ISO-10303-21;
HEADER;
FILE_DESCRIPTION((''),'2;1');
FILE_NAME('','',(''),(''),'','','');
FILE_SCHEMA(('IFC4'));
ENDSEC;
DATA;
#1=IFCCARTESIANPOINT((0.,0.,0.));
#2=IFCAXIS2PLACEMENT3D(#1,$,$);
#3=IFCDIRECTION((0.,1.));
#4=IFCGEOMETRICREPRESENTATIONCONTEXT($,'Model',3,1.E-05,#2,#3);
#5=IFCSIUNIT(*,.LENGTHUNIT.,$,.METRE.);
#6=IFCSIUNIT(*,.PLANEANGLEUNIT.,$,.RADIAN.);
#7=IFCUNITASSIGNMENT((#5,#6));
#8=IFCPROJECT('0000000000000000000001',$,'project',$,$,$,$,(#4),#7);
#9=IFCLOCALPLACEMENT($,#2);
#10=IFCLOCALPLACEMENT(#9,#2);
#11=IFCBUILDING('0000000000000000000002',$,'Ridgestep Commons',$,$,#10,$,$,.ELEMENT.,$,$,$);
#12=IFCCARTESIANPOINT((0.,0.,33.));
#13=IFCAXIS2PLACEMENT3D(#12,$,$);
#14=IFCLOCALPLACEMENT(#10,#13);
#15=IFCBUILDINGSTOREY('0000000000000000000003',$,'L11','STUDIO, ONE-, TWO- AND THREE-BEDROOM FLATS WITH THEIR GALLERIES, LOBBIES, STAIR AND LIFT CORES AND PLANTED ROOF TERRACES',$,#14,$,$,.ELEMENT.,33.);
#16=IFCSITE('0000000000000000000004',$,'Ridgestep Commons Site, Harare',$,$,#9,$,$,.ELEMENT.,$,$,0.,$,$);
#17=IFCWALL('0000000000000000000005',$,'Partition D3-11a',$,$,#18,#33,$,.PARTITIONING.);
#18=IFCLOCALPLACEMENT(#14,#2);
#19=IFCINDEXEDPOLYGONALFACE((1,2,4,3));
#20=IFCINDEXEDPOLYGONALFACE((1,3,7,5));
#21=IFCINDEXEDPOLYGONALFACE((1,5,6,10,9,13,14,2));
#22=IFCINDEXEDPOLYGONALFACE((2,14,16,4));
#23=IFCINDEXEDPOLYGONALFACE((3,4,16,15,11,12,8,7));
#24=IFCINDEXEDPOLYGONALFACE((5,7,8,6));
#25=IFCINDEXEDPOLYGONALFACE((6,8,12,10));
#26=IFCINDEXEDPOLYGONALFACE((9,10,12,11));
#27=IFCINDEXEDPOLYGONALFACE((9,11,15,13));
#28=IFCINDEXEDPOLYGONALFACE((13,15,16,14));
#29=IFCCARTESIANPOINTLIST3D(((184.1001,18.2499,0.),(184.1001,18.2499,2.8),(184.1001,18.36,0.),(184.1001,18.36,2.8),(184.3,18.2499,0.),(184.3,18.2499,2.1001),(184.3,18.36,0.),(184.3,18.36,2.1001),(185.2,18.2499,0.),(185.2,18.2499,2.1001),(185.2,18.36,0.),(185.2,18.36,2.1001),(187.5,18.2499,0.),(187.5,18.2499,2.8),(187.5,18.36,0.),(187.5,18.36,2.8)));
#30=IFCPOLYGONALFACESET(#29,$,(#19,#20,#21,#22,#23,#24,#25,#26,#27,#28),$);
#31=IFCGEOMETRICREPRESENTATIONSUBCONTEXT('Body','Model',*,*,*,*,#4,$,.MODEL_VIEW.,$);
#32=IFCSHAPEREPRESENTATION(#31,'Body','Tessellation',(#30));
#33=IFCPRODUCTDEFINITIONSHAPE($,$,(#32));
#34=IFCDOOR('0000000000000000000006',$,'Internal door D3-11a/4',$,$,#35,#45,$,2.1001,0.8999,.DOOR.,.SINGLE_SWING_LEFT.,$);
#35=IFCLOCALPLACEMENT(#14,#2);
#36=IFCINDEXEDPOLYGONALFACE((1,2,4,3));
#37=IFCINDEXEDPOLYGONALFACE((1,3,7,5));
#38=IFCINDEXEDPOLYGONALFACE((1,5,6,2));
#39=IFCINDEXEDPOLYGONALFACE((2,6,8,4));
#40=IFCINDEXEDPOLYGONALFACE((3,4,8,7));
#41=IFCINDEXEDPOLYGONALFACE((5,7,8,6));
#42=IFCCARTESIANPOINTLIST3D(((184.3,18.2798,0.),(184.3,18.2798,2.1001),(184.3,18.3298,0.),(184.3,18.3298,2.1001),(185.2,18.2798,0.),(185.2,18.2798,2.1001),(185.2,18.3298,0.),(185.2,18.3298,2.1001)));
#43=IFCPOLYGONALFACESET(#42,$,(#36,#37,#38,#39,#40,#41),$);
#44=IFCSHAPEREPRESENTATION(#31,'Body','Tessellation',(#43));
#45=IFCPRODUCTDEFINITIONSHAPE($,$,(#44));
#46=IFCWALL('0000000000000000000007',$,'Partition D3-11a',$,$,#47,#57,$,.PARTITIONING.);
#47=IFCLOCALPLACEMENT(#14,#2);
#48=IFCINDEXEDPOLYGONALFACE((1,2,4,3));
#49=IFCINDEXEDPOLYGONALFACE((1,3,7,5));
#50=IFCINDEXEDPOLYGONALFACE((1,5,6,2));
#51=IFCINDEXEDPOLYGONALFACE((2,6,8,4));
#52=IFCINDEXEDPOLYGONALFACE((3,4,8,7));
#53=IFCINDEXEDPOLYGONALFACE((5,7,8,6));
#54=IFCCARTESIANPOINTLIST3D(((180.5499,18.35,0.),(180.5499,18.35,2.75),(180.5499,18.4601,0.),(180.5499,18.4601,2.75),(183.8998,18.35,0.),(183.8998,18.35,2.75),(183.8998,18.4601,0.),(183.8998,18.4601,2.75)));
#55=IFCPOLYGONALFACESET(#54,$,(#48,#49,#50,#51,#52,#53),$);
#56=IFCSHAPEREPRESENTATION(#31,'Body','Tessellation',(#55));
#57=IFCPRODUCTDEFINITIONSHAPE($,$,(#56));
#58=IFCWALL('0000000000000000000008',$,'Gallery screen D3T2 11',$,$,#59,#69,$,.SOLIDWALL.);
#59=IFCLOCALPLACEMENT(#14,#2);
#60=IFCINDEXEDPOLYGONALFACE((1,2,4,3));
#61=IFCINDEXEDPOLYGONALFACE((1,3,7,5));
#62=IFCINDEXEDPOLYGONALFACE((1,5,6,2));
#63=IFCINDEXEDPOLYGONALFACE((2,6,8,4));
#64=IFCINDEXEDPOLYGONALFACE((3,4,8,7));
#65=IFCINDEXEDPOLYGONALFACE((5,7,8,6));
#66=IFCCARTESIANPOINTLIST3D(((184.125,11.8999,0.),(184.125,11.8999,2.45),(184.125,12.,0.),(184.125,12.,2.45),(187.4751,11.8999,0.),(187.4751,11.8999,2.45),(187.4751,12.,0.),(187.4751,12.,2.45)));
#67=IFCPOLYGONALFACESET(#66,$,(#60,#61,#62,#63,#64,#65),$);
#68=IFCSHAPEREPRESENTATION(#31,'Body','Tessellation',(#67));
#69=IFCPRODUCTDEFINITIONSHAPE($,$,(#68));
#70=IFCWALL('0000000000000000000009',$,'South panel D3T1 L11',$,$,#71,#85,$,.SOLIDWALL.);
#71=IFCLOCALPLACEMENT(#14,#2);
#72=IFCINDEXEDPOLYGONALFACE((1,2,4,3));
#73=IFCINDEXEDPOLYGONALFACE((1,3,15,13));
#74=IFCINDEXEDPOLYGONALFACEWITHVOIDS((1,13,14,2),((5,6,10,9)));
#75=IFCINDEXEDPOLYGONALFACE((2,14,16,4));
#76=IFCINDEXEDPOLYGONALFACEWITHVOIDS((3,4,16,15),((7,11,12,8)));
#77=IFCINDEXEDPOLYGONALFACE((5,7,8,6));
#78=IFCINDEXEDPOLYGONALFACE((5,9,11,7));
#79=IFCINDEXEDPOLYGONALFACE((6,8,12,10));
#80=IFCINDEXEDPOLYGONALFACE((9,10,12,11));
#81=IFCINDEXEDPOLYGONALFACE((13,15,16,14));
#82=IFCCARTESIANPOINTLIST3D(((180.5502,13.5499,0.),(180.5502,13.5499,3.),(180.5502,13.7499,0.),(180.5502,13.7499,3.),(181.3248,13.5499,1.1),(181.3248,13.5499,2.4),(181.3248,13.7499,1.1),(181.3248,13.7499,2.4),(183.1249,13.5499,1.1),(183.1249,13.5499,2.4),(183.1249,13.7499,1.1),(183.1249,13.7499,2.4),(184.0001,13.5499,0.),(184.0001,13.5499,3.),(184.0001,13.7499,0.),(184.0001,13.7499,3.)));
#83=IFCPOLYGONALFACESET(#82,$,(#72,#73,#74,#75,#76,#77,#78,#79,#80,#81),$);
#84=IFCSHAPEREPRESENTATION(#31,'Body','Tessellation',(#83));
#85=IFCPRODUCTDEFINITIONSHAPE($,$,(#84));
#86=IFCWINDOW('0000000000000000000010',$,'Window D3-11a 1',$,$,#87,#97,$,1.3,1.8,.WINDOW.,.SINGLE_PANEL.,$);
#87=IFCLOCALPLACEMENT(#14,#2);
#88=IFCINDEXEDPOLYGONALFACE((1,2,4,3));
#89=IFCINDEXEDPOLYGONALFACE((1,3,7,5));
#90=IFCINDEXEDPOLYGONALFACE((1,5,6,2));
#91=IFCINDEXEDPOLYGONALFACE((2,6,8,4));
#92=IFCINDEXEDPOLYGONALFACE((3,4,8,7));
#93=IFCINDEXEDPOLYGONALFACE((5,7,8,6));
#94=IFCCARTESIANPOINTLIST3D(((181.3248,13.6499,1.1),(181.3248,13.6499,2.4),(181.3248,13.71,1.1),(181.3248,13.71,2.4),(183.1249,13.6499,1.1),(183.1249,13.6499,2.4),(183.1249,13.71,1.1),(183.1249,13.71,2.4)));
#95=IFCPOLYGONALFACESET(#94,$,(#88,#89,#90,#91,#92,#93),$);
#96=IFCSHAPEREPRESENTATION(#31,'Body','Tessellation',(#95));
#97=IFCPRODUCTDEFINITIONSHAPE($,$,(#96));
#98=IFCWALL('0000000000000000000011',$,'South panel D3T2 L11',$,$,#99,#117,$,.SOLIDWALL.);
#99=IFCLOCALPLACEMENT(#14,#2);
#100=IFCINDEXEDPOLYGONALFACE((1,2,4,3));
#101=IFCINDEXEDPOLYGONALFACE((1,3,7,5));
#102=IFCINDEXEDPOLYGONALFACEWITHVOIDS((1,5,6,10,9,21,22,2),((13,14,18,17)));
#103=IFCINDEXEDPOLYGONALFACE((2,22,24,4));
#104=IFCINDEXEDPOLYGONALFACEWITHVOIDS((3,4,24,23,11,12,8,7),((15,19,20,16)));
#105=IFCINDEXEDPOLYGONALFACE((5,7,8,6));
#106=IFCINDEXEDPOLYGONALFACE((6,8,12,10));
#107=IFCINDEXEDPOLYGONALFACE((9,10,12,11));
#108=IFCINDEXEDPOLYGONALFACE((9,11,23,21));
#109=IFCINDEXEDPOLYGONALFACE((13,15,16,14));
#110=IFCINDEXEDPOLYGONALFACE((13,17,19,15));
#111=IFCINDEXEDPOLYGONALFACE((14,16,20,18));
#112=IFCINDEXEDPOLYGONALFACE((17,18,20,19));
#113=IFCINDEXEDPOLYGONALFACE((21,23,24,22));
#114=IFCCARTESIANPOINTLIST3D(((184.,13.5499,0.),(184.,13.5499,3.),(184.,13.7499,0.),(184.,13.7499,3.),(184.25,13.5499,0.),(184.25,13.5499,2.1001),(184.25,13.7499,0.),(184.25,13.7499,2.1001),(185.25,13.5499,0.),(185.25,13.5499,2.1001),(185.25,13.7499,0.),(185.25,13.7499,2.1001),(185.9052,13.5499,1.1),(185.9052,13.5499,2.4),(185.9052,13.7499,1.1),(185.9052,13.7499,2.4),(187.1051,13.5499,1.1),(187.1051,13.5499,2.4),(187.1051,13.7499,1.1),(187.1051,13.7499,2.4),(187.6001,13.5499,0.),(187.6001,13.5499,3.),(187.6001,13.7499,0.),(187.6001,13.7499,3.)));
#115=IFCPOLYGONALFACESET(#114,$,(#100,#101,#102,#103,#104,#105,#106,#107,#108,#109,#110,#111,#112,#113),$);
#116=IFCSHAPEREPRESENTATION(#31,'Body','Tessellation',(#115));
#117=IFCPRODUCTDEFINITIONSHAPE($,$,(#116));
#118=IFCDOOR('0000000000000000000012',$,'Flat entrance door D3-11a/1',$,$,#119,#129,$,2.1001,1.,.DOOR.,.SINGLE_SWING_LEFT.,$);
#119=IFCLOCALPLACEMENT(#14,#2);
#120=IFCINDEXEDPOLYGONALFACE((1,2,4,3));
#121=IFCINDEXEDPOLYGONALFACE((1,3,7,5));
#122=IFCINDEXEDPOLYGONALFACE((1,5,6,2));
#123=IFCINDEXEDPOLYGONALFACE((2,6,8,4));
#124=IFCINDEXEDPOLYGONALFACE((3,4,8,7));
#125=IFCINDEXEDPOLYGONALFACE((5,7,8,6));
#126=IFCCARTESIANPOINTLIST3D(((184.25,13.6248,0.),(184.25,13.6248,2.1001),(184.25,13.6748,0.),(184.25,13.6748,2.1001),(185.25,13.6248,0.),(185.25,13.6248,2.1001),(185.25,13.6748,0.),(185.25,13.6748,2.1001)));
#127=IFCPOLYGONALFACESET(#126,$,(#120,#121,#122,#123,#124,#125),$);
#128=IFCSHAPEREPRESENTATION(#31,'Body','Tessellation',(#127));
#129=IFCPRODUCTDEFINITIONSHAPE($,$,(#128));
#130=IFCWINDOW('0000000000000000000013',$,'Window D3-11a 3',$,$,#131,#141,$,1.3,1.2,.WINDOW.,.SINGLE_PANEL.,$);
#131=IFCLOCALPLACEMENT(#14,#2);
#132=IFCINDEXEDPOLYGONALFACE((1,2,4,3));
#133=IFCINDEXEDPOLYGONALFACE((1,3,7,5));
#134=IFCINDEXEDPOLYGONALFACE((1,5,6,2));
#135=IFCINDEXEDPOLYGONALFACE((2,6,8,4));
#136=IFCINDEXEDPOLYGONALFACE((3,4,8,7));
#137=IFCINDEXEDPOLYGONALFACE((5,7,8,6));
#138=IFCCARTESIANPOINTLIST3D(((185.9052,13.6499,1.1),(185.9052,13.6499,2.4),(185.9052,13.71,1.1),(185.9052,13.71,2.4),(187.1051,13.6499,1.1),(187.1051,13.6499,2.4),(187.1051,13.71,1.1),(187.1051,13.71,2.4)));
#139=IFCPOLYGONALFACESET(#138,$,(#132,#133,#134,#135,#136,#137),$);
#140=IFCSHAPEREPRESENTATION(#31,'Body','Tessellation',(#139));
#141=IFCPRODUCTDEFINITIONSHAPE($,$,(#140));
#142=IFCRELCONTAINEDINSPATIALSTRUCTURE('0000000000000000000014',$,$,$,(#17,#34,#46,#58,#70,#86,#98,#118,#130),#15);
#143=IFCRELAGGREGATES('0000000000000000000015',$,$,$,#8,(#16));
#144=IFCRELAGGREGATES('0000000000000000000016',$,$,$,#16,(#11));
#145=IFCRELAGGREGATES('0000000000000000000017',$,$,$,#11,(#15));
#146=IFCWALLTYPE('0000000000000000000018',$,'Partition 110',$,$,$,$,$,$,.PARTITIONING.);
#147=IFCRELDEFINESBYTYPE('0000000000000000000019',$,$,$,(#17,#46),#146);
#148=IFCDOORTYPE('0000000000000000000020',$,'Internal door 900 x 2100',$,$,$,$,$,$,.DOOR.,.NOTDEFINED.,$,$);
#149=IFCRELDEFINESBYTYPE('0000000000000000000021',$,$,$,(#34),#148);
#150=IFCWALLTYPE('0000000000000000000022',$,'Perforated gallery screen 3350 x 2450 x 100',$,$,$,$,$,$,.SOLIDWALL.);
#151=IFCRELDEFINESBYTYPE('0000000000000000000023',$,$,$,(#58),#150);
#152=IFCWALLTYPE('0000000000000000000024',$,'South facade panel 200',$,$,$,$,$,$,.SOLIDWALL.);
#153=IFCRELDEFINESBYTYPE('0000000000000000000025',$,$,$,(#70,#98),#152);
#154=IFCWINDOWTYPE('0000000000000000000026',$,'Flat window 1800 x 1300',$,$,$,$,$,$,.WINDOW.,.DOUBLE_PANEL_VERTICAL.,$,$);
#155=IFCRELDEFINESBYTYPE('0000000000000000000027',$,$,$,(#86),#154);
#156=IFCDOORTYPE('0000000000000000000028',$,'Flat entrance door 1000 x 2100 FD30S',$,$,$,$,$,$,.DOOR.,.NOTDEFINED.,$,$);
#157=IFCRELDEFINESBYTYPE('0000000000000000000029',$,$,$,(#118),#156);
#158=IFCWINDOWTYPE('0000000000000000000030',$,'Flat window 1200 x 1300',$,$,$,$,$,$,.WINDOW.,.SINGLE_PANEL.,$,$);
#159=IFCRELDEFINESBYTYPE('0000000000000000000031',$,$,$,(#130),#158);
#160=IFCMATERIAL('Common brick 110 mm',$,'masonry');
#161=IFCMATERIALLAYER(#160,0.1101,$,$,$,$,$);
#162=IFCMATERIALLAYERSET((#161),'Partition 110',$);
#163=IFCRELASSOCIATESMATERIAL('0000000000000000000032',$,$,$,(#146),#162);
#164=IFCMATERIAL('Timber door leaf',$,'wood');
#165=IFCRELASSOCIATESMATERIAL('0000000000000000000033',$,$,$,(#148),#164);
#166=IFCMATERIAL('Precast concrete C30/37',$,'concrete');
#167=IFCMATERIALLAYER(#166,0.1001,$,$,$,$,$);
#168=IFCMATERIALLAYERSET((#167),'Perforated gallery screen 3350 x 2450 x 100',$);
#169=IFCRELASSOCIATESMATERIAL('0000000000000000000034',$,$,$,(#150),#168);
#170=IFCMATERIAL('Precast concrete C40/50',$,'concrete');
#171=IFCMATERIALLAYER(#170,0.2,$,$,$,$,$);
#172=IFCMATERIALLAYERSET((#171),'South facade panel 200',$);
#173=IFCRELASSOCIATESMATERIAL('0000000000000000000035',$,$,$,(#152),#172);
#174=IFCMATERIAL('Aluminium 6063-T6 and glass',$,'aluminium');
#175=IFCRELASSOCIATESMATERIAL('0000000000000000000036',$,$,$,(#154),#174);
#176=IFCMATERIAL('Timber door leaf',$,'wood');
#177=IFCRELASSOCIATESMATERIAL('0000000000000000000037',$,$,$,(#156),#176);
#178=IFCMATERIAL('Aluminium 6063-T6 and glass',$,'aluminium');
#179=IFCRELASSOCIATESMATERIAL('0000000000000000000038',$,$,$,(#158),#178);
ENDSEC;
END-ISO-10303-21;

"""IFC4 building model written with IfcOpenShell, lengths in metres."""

from ifc_helpers import new_model, si_unit, direction, frame, frame_2d, origin, place, context, subcontext, project, spatial, rectangle, extrude, material, layer, layer_set, type_object, element, fill, save


model = new_model("IFC4")

# Units and contexts
model_context = context("Model", 3, precision=1e-05, world=origin(), true_north=direction((0.0, 1.0)))
body_context = subcontext(model_context, "Body", "Model", "MODEL_VIEW")
ifc_project = project(units=[si_unit("LENGTHUNIT", "METRE"), si_unit("PLANEANGLEUNIT", "RADIAN")], contexts=[model_context])

# Site, building, storey
site_placement = place(None, origin())
site = spatial("IfcSite", under=ifc_project, at=site_placement, Name="Ridgestep Commons Site, Harare", CompositionType="ELEMENT", RefElevation=0.0)
building_placement = place(site_placement, origin())
building = spatial("IfcBuilding", under=site, at=building_placement, Name="Ridgestep Commons", CompositionType="ELEMENT")
storey_placement = place(building_placement, frame((0.0, 0.0, 33.0)))
storey = spatial("IfcBuildingStorey", under=building, at=storey_placement, Name="L11", Description="STUDIO, ONE-, TWO- AND THREE-BEDROOM FLATS WITH THEIR GALLERIES, LOBBIES, STAIR AND LIFT CORES AND PLANTED ROOF TERRACES", CompositionType="ELEMENT", Elevation=33.0)

# Shared definitions
ifc_material_1 = material(Name="Common brick 110 mm", Category="masonry")
ifc_layer_1 = layer(ifc_material_1, 0.1101)
ifc_layer_set_1 = layer_set([ifc_layer_1], Name="Partition 110")
wall_type_1 = type_object("IfcWallType", Name="Partition 110", PredefinedType="PARTITIONING", material=ifc_layer_set_1)

# Wall, opening, door
wall_1_placement = place(storey_placement, frame((184.1001, 18.3049, 0.0), z_axis=(0.0, 0.0, 1.0), x_axis=(1.0, 0.0, 0.0)))
wall_1 = element("IfcWall", 1, at=wall_1_placement, inside=storey, type_object=wall_type_1, Name="Partition D3-11a", PredefinedType="PARTITIONING", context=body_context, shape_type="SweptSolid", body=[
    extrude(rectangle(XDim=3.3999, YDim=0.1101, at=frame_2d((1.7, 0.0))), origin(), (0.0, 0.0, 1.0), 2.8),
])
opening_1_placement = place(wall_1_placement, frame((0.2, 0.0, 0.0)))
opening_1 = element("IfcOpeningElement", 2, at=opening_1_placement, cuts=wall_1, PredefinedType="OPENING", context=body_context, shape_type="SweptSolid", body=[
    extrude(rectangle(XDim=0.8999, YDim=2.1001, at=frame_2d((0.45, 1.05))), frame((0.0, 0.0649, 0.0), z_axis=(0.0, -1.0, 0.0), x_axis=(1.0, 0.0, 0.0)), (0.0, 0.0, 1.0), 0.1301),
])
ifc_material_2 = material(Name="Timber door leaf", Category="wood")
door_type_1 = type_object("IfcDoorType", Name="Internal door 900 x 2100", OperationType="NOTDEFINED", PredefinedType="DOOR", material=ifc_material_2)
door_1_placement = place(opening_1_placement, origin())
door_1 = element("IfcDoor", 3, at=door_1_placement, inside=storey, type_object=door_type_1, Name="Internal door D3-11a/4", OperationType="SINGLE_SWING_LEFT", OverallHeight=2.1001, OverallWidth=0.8999, PredefinedType="DOOR", context=body_context, shape_type="SweptSolid", body=[
    extrude(rectangle(XDim=0.8999, YDim=2.1001, at=frame_2d((0.45, 1.05))), frame((0.0, 0.0249, 0.0), z_axis=(0.0, -1.0, 0.0), x_axis=(1.0, 0.0, 0.0)), (0.0, 0.0, 1.0), 0.05),
])
fill(opening_1, door_1)

# Walls
wall_2_placement = place(storey_placement, frame((180.55, 18.405, 0.0), z_axis=(0.0, 0.0, 1.0), x_axis=(1.0, 0.0, 0.0)))
element("IfcWall", 4, at=wall_2_placement, inside=storey, type_object=wall_type_1, Name="Partition D3-11a", PredefinedType="PARTITIONING", context=body_context, shape_type="SweptSolid", body=[
    extrude(rectangle(XDim=3.3499, YDim=0.1101, at=frame_2d((1.6748, 0.0))), origin(), (0.0, 0.0, 1.0), 2.75),
])
ifc_material_3 = material(Name="Precast concrete C30/37", Category="concrete")
ifc_layer_2 = layer(ifc_material_3, 0.1001)
ifc_layer_set_2 = layer_set([ifc_layer_2], Name="Perforated gallery screen 3350 x 2450 x 100")
wall_type_2 = type_object("IfcWallType", Name="Perforated gallery screen 3350 x 2450 x 100", PredefinedType="SOLIDWALL", material=ifc_layer_set_2)
wall_3_placement = place(storey_placement, frame((184.125, 11.95, 0.0), z_axis=(0.0, 0.0, 1.0), x_axis=(1.0, 0.0, 0.0)))
element("IfcWall", 5, at=wall_3_placement, inside=storey, type_object=wall_type_2, Name="Gallery screen D3T2 11", PredefinedType="SOLIDWALL", context=body_context, shape_type="SweptSolid", body=[
    extrude(rectangle(XDim=3.3501, YDim=0.1001, at=frame_2d((1.675, 0.0))), origin(), (0.0, 0.0, 1.0), 2.45),
])

# Wall, opening, window
ifc_material_4 = material(Name="Precast concrete C40/50", Category="concrete")
ifc_layer_3 = layer(ifc_material_4, 0.2)
ifc_layer_set_3 = layer_set([ifc_layer_3], Name="South facade panel 200")
wall_type_3 = type_object("IfcWallType", Name="South facade panel 200", PredefinedType="SOLIDWALL", material=ifc_layer_set_3)
wall_4_placement = place(storey_placement, frame((180.55, 13.6499, 0.0), z_axis=(0.0, 0.0, 1.0), x_axis=(1.0, 0.0, 0.0)))
wall_4 = element("IfcWall", 6, at=wall_4_placement, inside=storey, type_object=wall_type_3, Name="South panel D3T1 L11", PredefinedType="SOLIDWALL", context=body_context, shape_type="SweptSolid", body=[
    extrude(rectangle(XDim=3.45, YDim=0.2, at=frame_2d((1.7251, 0.0))), origin(), (0.0, 0.0, 1.0), 3.0),
])
opening_2_placement = place(wall_4_placement, frame((0.7749, 0.0, 1.1001)))
opening_2 = element("IfcOpeningElement", 7, at=opening_2_placement, cuts=wall_4, PredefinedType="OPENING", context=body_context, shape_type="SweptSolid", body=[
    extrude(rectangle(XDim=1.8, YDim=1.3, at=frame_2d((0.8999, 0.6499))), frame((0.0, 0.1099, 0.0), z_axis=(0.0, -1.0, 0.0), x_axis=(1.0, 0.0, 0.0)), (0.0, 0.0, 1.0), 0.22),
])
ifc_material_5 = material(Name="Aluminium 6063-T6 and glass", Category="aluminium")
window_type_1 = type_object("IfcWindowType", Name="Flat window 1800 x 1300", PartitioningType="DOUBLE_PANEL_VERTICAL", PredefinedType="WINDOW", material=ifc_material_5)
window_1_placement = place(opening_2_placement, origin())
window_1 = element("IfcWindow", 8, at=window_1_placement, inside=storey, type_object=window_type_1, Name="Window D3-11a 1", OverallHeight=1.3, OverallWidth=1.8, PartitioningType="SINGLE_PANEL", PredefinedType="WINDOW", context=body_context, shape_type="SweptSolid", body=[
    extrude(rectangle(XDim=1.8, YDim=1.3, at=frame_2d((0.8999, 0.6499))), frame((0.0, 0.0601, 0.0), z_axis=(0.0, -1.0, 0.0), x_axis=(1.0, 0.0, 0.0)), (0.0, 0.0, 1.0), 0.0601),
])
fill(opening_2, window_1)

# Wall, openings, door, window
wall_5_placement = place(storey_placement, frame((184.0, 13.6499, 0.0), z_axis=(0.0, 0.0, 1.0), x_axis=(1.0, 0.0, 0.0)))
wall_5 = element("IfcWall", 9, at=wall_5_placement, inside=storey, type_object=wall_type_3, Name="South panel D3T2 L11", PredefinedType="SOLIDWALL", context=body_context, shape_type="SweptSolid", body=[
    extrude(rectangle(XDim=3.6001, YDim=0.2, at=frame_2d((1.8, 0.0))), origin(), (0.0, 0.0, 1.0), 3.0),
])
opening_3_placement = place(wall_5_placement, frame((1.905, 0.0, 1.1001)))
opening_3 = element("IfcOpeningElement", 10, at=opening_3_placement, cuts=wall_5, PredefinedType="OPENING", context=body_context, shape_type="SweptSolid", body=[
    extrude(rectangle(XDim=1.2, YDim=1.3, at=frame_2d((0.6001, 0.6499))), frame((0.0, 0.1099, 0.0), z_axis=(0.0, -1.0, 0.0), x_axis=(1.0, 0.0, 0.0)), (0.0, 0.0, 1.0), 0.22),
])
opening_4_placement = place(wall_5_placement, frame((0.25, 0.0, 0.0)))
opening_4 = element("IfcOpeningElement", 11, at=opening_4_placement, cuts=wall_5, PredefinedType="OPENING", context=body_context, shape_type="SweptSolid", body=[
    extrude(rectangle(XDim=1.0, YDim=2.1001, at=frame_2d((0.5, 1.05))), frame((0.0, 0.1099, 0.0), z_axis=(0.0, -1.0, 0.0), x_axis=(1.0, 0.0, 0.0)), (0.0, 0.0, 1.0), 0.22),
])
ifc_material_6 = material(Name="Timber door leaf", Category="wood")
door_type_2 = type_object("IfcDoorType", Name="Flat entrance door 1000 x 2100 FD30S", OperationType="NOTDEFINED", PredefinedType="DOOR", material=ifc_material_6)
door_2_placement = place(opening_4_placement, origin())
door_2 = element("IfcDoor", 12, at=door_2_placement, inside=storey, type_object=door_type_2, Name="Flat entrance door D3-11a/1", OperationType="SINGLE_SWING_LEFT", OverallHeight=2.1001, OverallWidth=1.0, PredefinedType="DOOR", context=body_context, shape_type="SweptSolid", body=[
    extrude(rectangle(XDim=1.0, YDim=2.1001, at=frame_2d((0.5, 1.05))), frame((0.0, 0.0249, 0.0), z_axis=(0.0, -1.0, 0.0), x_axis=(1.0, 0.0, 0.0)), (0.0, 0.0, 1.0), 0.05),
])
fill(opening_4, door_2)
ifc_material_7 = material(Name="Aluminium 6063-T6 and glass", Category="aluminium")
window_type_2 = type_object("IfcWindowType", Name="Flat window 1200 x 1300", PartitioningType="SINGLE_PANEL", PredefinedType="WINDOW", material=ifc_material_7)
window_2_placement = place(opening_3_placement, origin())
window_2 = element("IfcWindow", 13, at=window_2_placement, inside=storey, type_object=window_type_2, Name="Window D3-11a 3", OverallHeight=1.3, OverallWidth=1.2, PartitioningType="SINGLE_PANEL", PredefinedType="WINDOW", context=body_context, shape_type="SweptSolid", body=[
    extrude(rectangle(XDim=1.2, YDim=1.3, at=frame_2d((0.6001, 0.6499))), frame((0.0, 0.0601, 0.0), z_axis=(0.0, -1.0, 0.0), x_axis=(1.0, 0.0, 0.0)), (0.0, 0.0, 1.0), 0.0601),
])
fill(opening_3, window_2)

save(model, "model.ifc")
